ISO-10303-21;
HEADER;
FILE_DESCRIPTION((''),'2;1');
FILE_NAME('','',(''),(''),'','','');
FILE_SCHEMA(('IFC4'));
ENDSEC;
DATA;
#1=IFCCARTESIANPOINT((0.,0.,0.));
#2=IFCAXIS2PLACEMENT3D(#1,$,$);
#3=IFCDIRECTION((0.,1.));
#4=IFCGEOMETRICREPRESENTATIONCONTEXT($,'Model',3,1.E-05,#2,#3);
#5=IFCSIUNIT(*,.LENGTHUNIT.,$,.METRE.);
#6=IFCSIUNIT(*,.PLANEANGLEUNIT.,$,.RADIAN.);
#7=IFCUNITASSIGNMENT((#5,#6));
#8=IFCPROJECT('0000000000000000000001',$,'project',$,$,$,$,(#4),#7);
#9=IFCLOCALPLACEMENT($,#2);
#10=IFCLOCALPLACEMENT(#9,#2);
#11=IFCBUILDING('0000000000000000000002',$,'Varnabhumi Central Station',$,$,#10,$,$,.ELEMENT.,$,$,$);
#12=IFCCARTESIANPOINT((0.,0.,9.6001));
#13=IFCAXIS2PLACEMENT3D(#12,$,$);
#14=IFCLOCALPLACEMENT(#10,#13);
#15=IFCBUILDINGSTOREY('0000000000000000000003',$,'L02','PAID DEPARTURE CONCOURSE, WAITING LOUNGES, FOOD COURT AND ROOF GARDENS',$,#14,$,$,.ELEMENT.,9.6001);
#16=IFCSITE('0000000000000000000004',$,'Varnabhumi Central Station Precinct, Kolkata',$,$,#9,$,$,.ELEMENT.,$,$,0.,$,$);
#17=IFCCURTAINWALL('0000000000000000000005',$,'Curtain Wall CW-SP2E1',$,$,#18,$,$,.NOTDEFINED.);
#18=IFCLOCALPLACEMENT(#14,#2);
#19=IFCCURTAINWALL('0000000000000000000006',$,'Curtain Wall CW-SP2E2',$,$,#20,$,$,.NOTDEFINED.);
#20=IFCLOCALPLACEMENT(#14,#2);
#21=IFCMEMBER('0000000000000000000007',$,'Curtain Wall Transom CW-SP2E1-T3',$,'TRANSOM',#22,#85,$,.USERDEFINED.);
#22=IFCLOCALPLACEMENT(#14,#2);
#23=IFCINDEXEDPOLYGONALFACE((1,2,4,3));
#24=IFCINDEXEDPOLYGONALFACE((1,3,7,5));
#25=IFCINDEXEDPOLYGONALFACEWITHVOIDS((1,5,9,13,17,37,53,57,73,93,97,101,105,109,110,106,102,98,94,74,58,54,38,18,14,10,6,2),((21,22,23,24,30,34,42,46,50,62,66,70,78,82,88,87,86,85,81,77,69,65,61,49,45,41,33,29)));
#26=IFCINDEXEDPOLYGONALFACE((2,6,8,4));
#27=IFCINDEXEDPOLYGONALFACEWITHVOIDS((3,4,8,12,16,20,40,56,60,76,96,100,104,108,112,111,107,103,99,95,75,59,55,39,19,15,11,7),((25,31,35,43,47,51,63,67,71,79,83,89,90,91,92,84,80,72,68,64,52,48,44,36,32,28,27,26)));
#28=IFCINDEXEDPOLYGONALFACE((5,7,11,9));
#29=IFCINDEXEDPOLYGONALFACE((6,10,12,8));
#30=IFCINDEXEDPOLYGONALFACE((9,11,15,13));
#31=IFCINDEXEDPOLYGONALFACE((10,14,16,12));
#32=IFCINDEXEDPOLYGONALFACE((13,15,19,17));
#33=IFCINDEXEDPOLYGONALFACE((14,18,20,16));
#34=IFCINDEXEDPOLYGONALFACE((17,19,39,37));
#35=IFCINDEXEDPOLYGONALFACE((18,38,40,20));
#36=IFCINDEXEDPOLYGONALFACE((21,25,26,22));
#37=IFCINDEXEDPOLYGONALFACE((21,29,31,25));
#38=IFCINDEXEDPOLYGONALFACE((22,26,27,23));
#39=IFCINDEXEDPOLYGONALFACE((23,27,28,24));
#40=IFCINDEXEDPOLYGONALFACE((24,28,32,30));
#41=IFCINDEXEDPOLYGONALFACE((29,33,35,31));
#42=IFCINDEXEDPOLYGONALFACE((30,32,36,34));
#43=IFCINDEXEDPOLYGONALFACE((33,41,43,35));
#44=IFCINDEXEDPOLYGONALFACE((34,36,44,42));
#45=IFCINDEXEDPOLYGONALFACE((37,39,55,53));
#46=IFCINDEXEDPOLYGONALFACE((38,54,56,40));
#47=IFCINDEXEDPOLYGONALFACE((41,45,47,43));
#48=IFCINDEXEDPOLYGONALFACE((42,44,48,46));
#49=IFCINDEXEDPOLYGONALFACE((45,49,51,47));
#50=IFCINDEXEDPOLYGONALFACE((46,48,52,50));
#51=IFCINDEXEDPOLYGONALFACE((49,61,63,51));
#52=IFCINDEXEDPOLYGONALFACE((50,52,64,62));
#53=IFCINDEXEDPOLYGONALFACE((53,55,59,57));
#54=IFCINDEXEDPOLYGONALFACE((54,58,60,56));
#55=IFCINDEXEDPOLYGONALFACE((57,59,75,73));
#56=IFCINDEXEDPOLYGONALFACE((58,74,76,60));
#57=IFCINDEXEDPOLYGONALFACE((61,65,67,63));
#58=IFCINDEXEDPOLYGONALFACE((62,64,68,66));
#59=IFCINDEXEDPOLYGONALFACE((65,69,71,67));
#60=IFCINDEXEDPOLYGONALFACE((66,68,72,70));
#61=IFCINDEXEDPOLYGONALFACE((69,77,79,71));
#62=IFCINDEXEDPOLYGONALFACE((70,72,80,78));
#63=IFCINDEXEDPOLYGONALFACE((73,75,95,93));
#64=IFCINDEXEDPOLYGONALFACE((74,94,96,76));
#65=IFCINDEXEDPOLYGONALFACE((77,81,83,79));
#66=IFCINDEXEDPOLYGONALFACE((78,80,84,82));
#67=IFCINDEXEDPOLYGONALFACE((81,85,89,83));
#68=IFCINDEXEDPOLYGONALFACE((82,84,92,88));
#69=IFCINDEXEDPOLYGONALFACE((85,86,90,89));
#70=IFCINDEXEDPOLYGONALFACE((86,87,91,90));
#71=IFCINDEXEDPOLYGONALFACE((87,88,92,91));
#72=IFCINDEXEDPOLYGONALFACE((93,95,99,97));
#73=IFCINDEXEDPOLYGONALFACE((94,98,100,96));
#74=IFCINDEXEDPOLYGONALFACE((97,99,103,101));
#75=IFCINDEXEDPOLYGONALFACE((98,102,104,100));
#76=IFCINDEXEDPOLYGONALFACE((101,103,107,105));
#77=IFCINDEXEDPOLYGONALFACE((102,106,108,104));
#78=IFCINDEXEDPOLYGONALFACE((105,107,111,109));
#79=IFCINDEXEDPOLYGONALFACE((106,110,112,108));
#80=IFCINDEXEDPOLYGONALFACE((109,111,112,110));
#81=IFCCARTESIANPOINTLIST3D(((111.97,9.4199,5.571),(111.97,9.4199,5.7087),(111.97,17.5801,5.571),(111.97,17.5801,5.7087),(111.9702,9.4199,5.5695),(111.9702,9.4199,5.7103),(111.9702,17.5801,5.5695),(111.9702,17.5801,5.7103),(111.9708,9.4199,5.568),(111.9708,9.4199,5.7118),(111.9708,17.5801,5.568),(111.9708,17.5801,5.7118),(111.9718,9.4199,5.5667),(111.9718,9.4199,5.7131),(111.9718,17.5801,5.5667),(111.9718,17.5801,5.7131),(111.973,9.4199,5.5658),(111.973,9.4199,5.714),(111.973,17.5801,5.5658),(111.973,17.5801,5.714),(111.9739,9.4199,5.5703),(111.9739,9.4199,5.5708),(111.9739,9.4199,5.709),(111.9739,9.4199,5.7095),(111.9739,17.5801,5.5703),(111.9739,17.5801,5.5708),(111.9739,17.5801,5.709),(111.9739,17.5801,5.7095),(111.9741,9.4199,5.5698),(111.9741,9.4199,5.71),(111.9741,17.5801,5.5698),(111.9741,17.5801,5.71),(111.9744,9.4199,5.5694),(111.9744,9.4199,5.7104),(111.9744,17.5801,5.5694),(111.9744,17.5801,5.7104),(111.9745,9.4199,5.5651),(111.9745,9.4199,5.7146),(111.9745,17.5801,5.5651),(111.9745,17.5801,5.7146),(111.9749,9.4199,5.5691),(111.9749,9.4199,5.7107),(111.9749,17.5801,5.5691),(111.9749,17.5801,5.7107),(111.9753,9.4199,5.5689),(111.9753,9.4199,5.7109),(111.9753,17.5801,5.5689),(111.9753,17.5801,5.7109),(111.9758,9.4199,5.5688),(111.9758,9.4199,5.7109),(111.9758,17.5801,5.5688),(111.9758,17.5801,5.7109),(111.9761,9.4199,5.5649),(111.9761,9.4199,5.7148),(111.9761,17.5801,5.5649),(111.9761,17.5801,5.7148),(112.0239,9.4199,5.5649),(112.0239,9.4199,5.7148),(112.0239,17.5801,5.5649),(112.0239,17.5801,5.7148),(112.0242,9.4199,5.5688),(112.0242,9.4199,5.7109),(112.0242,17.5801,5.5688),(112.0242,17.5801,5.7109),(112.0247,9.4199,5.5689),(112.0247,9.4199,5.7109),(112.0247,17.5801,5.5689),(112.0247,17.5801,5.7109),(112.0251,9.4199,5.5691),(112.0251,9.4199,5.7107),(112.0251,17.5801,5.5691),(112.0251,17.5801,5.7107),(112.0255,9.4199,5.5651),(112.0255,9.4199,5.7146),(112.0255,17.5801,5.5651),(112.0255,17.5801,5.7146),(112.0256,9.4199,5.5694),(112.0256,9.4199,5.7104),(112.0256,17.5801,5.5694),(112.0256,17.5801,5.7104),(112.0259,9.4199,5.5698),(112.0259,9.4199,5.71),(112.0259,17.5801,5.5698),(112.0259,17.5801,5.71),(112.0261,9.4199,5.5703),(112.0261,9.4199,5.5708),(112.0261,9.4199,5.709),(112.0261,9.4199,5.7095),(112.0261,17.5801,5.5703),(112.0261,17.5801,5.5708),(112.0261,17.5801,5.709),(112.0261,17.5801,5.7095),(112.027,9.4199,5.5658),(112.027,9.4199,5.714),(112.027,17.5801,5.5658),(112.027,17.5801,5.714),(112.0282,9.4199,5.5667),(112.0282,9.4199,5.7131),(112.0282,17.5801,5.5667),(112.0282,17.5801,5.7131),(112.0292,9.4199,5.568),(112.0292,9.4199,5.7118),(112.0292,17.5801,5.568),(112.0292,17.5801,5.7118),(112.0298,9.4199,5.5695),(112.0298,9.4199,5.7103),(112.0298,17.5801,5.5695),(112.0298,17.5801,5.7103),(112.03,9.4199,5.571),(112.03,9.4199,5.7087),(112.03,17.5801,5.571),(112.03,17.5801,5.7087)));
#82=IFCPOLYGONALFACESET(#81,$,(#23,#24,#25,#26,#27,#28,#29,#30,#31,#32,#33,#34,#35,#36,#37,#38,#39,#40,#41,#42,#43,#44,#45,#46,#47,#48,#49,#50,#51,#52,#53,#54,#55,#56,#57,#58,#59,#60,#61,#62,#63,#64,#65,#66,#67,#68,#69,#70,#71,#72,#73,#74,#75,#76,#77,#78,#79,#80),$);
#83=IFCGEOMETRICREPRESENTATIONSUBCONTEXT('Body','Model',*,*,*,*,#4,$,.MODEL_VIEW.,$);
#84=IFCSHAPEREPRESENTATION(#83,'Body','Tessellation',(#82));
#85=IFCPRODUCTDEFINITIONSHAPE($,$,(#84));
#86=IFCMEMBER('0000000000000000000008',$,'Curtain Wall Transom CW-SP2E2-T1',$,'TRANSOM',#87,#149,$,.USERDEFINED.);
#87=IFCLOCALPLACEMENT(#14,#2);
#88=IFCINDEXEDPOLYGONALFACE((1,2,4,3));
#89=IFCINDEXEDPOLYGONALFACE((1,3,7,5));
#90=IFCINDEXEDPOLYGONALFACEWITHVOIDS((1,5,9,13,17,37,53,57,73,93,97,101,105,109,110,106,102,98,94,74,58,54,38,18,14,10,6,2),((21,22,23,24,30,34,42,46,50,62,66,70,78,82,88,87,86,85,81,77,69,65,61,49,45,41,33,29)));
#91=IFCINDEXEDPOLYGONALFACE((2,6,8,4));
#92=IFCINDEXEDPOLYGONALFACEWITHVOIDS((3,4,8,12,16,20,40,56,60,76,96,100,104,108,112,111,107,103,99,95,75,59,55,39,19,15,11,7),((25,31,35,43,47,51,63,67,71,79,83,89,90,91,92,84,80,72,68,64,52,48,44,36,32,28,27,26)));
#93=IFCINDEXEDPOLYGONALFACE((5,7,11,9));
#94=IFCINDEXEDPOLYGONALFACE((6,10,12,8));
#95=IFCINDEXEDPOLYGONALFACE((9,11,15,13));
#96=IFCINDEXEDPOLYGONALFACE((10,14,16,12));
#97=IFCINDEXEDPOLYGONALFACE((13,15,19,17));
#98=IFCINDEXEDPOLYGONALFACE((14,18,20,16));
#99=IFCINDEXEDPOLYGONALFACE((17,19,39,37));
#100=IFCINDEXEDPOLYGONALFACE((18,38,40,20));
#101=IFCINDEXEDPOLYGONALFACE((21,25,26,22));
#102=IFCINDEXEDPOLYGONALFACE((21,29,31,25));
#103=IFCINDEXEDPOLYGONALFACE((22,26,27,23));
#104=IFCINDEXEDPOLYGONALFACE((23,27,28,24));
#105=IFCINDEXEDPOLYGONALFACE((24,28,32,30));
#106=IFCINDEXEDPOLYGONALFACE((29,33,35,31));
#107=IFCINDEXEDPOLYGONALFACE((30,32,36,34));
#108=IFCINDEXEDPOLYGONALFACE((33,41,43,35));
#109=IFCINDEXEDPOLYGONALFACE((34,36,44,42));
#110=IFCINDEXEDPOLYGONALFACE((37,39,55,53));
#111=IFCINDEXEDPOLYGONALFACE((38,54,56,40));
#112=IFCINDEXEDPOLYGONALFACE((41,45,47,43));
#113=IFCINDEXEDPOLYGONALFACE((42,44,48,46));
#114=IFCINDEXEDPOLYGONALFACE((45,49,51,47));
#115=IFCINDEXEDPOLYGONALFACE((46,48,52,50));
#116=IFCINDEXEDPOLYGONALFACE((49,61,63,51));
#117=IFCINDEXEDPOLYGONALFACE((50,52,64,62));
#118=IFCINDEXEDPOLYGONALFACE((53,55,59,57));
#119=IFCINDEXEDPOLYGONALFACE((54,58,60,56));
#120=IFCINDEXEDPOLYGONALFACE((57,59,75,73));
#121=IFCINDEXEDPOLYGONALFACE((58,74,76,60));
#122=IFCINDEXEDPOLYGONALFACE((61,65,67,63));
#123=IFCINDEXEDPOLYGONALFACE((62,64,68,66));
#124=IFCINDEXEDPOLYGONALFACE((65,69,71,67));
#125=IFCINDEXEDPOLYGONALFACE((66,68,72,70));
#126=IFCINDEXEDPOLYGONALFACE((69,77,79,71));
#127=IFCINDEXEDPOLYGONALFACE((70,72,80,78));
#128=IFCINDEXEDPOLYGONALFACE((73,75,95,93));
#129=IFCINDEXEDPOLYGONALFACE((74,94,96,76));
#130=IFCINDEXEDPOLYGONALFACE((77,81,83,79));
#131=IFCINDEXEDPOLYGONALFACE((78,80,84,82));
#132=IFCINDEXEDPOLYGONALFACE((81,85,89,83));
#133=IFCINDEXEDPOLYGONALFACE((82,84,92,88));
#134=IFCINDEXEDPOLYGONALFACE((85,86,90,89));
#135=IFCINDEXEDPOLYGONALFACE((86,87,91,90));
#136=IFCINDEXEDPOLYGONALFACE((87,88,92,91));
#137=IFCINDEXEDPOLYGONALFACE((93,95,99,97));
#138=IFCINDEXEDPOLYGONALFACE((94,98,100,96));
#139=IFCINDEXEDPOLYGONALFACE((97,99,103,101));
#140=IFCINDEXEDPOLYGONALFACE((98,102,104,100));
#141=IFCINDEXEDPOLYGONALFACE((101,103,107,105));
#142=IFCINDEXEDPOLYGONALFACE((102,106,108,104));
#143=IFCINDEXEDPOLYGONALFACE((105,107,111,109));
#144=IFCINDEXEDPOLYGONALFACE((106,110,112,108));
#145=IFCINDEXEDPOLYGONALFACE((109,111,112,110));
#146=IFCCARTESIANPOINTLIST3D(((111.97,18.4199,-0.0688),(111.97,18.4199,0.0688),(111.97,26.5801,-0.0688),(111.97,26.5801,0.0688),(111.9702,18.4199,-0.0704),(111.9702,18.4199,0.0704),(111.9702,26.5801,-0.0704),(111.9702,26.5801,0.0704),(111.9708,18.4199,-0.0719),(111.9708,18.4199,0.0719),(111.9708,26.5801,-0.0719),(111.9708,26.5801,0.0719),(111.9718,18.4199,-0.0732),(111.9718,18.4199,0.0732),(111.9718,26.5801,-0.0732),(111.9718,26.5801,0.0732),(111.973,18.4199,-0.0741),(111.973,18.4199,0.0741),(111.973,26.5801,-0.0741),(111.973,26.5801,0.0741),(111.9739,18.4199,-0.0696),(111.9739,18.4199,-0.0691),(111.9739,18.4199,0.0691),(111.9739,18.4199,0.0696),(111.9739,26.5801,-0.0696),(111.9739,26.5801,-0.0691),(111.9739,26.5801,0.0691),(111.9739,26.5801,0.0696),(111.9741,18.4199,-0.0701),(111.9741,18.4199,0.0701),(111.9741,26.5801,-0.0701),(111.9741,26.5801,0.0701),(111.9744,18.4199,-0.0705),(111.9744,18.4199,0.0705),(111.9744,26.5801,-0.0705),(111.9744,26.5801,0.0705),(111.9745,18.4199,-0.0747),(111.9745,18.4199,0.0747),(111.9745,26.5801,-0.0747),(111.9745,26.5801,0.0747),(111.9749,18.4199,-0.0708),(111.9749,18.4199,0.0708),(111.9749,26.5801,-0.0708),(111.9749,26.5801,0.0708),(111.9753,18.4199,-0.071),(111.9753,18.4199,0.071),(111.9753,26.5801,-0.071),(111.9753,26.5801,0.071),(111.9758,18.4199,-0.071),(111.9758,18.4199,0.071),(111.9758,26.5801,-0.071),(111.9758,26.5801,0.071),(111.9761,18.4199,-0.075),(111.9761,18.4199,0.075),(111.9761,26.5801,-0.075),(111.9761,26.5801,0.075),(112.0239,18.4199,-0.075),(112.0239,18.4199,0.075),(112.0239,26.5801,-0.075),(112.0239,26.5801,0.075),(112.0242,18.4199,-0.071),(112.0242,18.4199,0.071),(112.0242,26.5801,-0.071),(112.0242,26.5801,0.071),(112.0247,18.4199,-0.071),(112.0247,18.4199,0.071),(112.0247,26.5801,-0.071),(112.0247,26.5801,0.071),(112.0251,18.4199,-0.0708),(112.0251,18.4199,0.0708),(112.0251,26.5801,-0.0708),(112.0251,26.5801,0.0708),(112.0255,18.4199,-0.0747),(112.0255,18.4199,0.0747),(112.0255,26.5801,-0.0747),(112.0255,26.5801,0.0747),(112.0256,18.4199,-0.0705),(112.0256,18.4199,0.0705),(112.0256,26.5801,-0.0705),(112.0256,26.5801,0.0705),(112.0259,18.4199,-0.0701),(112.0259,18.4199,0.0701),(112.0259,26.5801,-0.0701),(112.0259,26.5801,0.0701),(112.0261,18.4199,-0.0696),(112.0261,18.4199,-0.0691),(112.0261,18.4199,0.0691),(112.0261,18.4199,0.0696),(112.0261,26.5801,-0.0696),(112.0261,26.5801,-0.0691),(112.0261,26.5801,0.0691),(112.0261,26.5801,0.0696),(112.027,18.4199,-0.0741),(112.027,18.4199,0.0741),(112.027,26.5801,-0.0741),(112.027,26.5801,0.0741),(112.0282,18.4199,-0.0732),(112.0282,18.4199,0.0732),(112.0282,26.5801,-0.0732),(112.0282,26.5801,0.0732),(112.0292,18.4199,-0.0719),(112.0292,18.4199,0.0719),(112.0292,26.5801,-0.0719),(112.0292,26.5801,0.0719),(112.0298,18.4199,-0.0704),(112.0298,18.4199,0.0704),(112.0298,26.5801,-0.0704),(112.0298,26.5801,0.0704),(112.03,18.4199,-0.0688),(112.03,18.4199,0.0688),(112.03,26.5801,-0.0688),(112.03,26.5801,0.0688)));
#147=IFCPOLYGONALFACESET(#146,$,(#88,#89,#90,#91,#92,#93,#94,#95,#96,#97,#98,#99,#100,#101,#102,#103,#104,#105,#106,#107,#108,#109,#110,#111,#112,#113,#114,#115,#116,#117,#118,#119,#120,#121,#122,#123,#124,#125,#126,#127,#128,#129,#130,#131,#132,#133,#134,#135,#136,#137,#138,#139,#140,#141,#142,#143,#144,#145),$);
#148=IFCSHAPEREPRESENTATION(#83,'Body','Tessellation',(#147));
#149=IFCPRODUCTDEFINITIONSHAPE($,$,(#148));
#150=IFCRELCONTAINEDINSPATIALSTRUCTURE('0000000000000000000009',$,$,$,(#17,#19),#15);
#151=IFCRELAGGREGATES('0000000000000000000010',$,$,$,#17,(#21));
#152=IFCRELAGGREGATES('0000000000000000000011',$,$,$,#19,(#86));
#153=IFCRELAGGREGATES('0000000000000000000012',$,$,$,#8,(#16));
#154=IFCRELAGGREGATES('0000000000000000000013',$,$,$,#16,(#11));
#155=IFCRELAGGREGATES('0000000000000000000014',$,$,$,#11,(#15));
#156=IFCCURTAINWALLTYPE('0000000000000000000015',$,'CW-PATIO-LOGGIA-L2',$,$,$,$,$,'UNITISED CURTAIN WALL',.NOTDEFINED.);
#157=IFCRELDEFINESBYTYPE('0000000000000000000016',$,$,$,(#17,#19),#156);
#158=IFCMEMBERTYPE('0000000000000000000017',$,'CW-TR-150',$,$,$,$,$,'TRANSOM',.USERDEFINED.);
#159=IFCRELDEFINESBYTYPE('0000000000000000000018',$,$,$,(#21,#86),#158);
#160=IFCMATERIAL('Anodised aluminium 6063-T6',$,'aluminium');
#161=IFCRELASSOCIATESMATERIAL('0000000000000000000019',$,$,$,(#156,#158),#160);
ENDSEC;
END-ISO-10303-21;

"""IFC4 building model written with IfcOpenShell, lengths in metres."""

from ifc_helpers import new_model, si_unit, direction, frame, origin, origin_2d, place, context, subcontext, project, spatial, hollow_rectangle, extrude, material, material_profile, profile_set, type_object, element, aggregate, save


model = new_model("IFC4")

# Units and contexts
model_context = context("Model", 3, precision=1e-05, world=origin(), true_north=direction((0.0, 1.0)))
body_context = subcontext(model_context, "Body", "Model", "MODEL_VIEW")
ifc_project = project(units=[si_unit("LENGTHUNIT", "METRE"), si_unit("PLANEANGLEUNIT", "RADIAN")], contexts=[model_context])

# Site, building, storey
site_placement = place(None, origin())
site = spatial("IfcSite", under=ifc_project, at=site_placement, Name="Varnabhumi Central Station Precinct, Kolkata", CompositionType="ELEMENT", RefElevation=0.0)
building_placement = place(site_placement, origin())
building = spatial("IfcBuilding", under=site, at=building_placement, Name="Varnabhumi Central Station", CompositionType="ELEMENT")
storey_placement = place(building_placement, frame((0.0, 0.0, 9.6001)))
storey = spatial("IfcBuildingStorey", under=building, at=storey_placement, Name="L02", Description="PAID DEPARTURE CONCOURSE, WAITING LOUNGES, FOOD COURT AND ROOF GARDENS", CompositionType="ELEMENT", Elevation=9.6001)

# Curtain wall
ifc_material_1 = material(Name="Anodised aluminium 6063-T6", Category="aluminium")
curtain_wall_type = type_object("IfcCurtainWallType", Name="CW-PATIO-LOGGIA-L2", ElementType="UNITISED CURTAIN WALL", PredefinedType="NOTDEFINED", material=ifc_material_1)
curtain_wall_1_placement = place(storey_placement, origin())
curtain_wall_1 = element("IfcCurtainWall", 1, at=curtain_wall_1_placement, inside=storey, type_object=curtain_wall_type, Name="Curtain Wall CW-SP2E1", PredefinedType="NOTDEFINED")

# Curtain wall
curtain_wall_2_placement = place(storey_placement, origin())
curtain_wall_2 = element("IfcCurtainWall", 2, at=curtain_wall_2_placement, inside=storey, type_object=curtain_wall_type, Name="Curtain Wall CW-SP2E2", PredefinedType="NOTDEFINED")

# Members
ifc_material_profile_1 = material_profile(ifc_material_1, hollow_rectangle(XDim=0.0601, YDim=0.1499, WallThickness=0.0039, InnerFilletRadius=0.002, OuterFilletRadius=0.0061, at=origin_2d()), Name="Anodised aluminium 6063-T6", Category="aluminium")
ifc_profile_set_1 = profile_set([ifc_material_profile_1], Name="Anodised aluminium 6063-T6")
member_type_1 = type_object("IfcMemberType", Name="CW-TR-150", ElementType="TRANSOM", PredefinedType="USERDEFINED", material=ifc_profile_set_1)
member_1_placement = place(storey_placement, frame((112.0, 9.4199, 5.6399), z_axis=(0.0, 1.0, 0.0), x_axis=(-1.0, 0.0, 0.0)))
member_1 = element("IfcMember", 3, at=member_1_placement, type_object=member_type_1, Name="Curtain Wall Transom CW-SP2E1-T3", ObjectType="TRANSOM", PredefinedType="USERDEFINED", context=body_context, shape_type="SweptSolid", body=[
    extrude(hollow_rectangle(XDim=0.0601, YDim=0.1499, WallThickness=0.0039, InnerFilletRadius=0.002, OuterFilletRadius=0.0061, at=origin_2d()), origin(), (0.0, 0.0, 1.0), 8.1602),
])
member_2_placement = place(storey_placement, frame((112.0, 18.4199, 0.0), z_axis=(0.0, 1.0, 0.0), x_axis=(-1.0, 0.0, 0.0)))
member_2 = element("IfcMember", 4, at=member_2_placement, type_object=member_type_1, Name="Curtain Wall Transom CW-SP2E2-T1", ObjectType="TRANSOM", PredefinedType="USERDEFINED", context=body_context, shape_type="SweptSolid", body=[
    extrude(hollow_rectangle(XDim=0.0601, YDim=0.1499, WallThickness=0.0039, InnerFilletRadius=0.002, OuterFilletRadius=0.0061, at=origin_2d()), origin(), (0.0, 0.0, 1.0), 8.1602),
])

aggregate(curtain_wall_1, [member_1])
aggregate(curtain_wall_2, [member_2])

save(model, "model.ifc")
